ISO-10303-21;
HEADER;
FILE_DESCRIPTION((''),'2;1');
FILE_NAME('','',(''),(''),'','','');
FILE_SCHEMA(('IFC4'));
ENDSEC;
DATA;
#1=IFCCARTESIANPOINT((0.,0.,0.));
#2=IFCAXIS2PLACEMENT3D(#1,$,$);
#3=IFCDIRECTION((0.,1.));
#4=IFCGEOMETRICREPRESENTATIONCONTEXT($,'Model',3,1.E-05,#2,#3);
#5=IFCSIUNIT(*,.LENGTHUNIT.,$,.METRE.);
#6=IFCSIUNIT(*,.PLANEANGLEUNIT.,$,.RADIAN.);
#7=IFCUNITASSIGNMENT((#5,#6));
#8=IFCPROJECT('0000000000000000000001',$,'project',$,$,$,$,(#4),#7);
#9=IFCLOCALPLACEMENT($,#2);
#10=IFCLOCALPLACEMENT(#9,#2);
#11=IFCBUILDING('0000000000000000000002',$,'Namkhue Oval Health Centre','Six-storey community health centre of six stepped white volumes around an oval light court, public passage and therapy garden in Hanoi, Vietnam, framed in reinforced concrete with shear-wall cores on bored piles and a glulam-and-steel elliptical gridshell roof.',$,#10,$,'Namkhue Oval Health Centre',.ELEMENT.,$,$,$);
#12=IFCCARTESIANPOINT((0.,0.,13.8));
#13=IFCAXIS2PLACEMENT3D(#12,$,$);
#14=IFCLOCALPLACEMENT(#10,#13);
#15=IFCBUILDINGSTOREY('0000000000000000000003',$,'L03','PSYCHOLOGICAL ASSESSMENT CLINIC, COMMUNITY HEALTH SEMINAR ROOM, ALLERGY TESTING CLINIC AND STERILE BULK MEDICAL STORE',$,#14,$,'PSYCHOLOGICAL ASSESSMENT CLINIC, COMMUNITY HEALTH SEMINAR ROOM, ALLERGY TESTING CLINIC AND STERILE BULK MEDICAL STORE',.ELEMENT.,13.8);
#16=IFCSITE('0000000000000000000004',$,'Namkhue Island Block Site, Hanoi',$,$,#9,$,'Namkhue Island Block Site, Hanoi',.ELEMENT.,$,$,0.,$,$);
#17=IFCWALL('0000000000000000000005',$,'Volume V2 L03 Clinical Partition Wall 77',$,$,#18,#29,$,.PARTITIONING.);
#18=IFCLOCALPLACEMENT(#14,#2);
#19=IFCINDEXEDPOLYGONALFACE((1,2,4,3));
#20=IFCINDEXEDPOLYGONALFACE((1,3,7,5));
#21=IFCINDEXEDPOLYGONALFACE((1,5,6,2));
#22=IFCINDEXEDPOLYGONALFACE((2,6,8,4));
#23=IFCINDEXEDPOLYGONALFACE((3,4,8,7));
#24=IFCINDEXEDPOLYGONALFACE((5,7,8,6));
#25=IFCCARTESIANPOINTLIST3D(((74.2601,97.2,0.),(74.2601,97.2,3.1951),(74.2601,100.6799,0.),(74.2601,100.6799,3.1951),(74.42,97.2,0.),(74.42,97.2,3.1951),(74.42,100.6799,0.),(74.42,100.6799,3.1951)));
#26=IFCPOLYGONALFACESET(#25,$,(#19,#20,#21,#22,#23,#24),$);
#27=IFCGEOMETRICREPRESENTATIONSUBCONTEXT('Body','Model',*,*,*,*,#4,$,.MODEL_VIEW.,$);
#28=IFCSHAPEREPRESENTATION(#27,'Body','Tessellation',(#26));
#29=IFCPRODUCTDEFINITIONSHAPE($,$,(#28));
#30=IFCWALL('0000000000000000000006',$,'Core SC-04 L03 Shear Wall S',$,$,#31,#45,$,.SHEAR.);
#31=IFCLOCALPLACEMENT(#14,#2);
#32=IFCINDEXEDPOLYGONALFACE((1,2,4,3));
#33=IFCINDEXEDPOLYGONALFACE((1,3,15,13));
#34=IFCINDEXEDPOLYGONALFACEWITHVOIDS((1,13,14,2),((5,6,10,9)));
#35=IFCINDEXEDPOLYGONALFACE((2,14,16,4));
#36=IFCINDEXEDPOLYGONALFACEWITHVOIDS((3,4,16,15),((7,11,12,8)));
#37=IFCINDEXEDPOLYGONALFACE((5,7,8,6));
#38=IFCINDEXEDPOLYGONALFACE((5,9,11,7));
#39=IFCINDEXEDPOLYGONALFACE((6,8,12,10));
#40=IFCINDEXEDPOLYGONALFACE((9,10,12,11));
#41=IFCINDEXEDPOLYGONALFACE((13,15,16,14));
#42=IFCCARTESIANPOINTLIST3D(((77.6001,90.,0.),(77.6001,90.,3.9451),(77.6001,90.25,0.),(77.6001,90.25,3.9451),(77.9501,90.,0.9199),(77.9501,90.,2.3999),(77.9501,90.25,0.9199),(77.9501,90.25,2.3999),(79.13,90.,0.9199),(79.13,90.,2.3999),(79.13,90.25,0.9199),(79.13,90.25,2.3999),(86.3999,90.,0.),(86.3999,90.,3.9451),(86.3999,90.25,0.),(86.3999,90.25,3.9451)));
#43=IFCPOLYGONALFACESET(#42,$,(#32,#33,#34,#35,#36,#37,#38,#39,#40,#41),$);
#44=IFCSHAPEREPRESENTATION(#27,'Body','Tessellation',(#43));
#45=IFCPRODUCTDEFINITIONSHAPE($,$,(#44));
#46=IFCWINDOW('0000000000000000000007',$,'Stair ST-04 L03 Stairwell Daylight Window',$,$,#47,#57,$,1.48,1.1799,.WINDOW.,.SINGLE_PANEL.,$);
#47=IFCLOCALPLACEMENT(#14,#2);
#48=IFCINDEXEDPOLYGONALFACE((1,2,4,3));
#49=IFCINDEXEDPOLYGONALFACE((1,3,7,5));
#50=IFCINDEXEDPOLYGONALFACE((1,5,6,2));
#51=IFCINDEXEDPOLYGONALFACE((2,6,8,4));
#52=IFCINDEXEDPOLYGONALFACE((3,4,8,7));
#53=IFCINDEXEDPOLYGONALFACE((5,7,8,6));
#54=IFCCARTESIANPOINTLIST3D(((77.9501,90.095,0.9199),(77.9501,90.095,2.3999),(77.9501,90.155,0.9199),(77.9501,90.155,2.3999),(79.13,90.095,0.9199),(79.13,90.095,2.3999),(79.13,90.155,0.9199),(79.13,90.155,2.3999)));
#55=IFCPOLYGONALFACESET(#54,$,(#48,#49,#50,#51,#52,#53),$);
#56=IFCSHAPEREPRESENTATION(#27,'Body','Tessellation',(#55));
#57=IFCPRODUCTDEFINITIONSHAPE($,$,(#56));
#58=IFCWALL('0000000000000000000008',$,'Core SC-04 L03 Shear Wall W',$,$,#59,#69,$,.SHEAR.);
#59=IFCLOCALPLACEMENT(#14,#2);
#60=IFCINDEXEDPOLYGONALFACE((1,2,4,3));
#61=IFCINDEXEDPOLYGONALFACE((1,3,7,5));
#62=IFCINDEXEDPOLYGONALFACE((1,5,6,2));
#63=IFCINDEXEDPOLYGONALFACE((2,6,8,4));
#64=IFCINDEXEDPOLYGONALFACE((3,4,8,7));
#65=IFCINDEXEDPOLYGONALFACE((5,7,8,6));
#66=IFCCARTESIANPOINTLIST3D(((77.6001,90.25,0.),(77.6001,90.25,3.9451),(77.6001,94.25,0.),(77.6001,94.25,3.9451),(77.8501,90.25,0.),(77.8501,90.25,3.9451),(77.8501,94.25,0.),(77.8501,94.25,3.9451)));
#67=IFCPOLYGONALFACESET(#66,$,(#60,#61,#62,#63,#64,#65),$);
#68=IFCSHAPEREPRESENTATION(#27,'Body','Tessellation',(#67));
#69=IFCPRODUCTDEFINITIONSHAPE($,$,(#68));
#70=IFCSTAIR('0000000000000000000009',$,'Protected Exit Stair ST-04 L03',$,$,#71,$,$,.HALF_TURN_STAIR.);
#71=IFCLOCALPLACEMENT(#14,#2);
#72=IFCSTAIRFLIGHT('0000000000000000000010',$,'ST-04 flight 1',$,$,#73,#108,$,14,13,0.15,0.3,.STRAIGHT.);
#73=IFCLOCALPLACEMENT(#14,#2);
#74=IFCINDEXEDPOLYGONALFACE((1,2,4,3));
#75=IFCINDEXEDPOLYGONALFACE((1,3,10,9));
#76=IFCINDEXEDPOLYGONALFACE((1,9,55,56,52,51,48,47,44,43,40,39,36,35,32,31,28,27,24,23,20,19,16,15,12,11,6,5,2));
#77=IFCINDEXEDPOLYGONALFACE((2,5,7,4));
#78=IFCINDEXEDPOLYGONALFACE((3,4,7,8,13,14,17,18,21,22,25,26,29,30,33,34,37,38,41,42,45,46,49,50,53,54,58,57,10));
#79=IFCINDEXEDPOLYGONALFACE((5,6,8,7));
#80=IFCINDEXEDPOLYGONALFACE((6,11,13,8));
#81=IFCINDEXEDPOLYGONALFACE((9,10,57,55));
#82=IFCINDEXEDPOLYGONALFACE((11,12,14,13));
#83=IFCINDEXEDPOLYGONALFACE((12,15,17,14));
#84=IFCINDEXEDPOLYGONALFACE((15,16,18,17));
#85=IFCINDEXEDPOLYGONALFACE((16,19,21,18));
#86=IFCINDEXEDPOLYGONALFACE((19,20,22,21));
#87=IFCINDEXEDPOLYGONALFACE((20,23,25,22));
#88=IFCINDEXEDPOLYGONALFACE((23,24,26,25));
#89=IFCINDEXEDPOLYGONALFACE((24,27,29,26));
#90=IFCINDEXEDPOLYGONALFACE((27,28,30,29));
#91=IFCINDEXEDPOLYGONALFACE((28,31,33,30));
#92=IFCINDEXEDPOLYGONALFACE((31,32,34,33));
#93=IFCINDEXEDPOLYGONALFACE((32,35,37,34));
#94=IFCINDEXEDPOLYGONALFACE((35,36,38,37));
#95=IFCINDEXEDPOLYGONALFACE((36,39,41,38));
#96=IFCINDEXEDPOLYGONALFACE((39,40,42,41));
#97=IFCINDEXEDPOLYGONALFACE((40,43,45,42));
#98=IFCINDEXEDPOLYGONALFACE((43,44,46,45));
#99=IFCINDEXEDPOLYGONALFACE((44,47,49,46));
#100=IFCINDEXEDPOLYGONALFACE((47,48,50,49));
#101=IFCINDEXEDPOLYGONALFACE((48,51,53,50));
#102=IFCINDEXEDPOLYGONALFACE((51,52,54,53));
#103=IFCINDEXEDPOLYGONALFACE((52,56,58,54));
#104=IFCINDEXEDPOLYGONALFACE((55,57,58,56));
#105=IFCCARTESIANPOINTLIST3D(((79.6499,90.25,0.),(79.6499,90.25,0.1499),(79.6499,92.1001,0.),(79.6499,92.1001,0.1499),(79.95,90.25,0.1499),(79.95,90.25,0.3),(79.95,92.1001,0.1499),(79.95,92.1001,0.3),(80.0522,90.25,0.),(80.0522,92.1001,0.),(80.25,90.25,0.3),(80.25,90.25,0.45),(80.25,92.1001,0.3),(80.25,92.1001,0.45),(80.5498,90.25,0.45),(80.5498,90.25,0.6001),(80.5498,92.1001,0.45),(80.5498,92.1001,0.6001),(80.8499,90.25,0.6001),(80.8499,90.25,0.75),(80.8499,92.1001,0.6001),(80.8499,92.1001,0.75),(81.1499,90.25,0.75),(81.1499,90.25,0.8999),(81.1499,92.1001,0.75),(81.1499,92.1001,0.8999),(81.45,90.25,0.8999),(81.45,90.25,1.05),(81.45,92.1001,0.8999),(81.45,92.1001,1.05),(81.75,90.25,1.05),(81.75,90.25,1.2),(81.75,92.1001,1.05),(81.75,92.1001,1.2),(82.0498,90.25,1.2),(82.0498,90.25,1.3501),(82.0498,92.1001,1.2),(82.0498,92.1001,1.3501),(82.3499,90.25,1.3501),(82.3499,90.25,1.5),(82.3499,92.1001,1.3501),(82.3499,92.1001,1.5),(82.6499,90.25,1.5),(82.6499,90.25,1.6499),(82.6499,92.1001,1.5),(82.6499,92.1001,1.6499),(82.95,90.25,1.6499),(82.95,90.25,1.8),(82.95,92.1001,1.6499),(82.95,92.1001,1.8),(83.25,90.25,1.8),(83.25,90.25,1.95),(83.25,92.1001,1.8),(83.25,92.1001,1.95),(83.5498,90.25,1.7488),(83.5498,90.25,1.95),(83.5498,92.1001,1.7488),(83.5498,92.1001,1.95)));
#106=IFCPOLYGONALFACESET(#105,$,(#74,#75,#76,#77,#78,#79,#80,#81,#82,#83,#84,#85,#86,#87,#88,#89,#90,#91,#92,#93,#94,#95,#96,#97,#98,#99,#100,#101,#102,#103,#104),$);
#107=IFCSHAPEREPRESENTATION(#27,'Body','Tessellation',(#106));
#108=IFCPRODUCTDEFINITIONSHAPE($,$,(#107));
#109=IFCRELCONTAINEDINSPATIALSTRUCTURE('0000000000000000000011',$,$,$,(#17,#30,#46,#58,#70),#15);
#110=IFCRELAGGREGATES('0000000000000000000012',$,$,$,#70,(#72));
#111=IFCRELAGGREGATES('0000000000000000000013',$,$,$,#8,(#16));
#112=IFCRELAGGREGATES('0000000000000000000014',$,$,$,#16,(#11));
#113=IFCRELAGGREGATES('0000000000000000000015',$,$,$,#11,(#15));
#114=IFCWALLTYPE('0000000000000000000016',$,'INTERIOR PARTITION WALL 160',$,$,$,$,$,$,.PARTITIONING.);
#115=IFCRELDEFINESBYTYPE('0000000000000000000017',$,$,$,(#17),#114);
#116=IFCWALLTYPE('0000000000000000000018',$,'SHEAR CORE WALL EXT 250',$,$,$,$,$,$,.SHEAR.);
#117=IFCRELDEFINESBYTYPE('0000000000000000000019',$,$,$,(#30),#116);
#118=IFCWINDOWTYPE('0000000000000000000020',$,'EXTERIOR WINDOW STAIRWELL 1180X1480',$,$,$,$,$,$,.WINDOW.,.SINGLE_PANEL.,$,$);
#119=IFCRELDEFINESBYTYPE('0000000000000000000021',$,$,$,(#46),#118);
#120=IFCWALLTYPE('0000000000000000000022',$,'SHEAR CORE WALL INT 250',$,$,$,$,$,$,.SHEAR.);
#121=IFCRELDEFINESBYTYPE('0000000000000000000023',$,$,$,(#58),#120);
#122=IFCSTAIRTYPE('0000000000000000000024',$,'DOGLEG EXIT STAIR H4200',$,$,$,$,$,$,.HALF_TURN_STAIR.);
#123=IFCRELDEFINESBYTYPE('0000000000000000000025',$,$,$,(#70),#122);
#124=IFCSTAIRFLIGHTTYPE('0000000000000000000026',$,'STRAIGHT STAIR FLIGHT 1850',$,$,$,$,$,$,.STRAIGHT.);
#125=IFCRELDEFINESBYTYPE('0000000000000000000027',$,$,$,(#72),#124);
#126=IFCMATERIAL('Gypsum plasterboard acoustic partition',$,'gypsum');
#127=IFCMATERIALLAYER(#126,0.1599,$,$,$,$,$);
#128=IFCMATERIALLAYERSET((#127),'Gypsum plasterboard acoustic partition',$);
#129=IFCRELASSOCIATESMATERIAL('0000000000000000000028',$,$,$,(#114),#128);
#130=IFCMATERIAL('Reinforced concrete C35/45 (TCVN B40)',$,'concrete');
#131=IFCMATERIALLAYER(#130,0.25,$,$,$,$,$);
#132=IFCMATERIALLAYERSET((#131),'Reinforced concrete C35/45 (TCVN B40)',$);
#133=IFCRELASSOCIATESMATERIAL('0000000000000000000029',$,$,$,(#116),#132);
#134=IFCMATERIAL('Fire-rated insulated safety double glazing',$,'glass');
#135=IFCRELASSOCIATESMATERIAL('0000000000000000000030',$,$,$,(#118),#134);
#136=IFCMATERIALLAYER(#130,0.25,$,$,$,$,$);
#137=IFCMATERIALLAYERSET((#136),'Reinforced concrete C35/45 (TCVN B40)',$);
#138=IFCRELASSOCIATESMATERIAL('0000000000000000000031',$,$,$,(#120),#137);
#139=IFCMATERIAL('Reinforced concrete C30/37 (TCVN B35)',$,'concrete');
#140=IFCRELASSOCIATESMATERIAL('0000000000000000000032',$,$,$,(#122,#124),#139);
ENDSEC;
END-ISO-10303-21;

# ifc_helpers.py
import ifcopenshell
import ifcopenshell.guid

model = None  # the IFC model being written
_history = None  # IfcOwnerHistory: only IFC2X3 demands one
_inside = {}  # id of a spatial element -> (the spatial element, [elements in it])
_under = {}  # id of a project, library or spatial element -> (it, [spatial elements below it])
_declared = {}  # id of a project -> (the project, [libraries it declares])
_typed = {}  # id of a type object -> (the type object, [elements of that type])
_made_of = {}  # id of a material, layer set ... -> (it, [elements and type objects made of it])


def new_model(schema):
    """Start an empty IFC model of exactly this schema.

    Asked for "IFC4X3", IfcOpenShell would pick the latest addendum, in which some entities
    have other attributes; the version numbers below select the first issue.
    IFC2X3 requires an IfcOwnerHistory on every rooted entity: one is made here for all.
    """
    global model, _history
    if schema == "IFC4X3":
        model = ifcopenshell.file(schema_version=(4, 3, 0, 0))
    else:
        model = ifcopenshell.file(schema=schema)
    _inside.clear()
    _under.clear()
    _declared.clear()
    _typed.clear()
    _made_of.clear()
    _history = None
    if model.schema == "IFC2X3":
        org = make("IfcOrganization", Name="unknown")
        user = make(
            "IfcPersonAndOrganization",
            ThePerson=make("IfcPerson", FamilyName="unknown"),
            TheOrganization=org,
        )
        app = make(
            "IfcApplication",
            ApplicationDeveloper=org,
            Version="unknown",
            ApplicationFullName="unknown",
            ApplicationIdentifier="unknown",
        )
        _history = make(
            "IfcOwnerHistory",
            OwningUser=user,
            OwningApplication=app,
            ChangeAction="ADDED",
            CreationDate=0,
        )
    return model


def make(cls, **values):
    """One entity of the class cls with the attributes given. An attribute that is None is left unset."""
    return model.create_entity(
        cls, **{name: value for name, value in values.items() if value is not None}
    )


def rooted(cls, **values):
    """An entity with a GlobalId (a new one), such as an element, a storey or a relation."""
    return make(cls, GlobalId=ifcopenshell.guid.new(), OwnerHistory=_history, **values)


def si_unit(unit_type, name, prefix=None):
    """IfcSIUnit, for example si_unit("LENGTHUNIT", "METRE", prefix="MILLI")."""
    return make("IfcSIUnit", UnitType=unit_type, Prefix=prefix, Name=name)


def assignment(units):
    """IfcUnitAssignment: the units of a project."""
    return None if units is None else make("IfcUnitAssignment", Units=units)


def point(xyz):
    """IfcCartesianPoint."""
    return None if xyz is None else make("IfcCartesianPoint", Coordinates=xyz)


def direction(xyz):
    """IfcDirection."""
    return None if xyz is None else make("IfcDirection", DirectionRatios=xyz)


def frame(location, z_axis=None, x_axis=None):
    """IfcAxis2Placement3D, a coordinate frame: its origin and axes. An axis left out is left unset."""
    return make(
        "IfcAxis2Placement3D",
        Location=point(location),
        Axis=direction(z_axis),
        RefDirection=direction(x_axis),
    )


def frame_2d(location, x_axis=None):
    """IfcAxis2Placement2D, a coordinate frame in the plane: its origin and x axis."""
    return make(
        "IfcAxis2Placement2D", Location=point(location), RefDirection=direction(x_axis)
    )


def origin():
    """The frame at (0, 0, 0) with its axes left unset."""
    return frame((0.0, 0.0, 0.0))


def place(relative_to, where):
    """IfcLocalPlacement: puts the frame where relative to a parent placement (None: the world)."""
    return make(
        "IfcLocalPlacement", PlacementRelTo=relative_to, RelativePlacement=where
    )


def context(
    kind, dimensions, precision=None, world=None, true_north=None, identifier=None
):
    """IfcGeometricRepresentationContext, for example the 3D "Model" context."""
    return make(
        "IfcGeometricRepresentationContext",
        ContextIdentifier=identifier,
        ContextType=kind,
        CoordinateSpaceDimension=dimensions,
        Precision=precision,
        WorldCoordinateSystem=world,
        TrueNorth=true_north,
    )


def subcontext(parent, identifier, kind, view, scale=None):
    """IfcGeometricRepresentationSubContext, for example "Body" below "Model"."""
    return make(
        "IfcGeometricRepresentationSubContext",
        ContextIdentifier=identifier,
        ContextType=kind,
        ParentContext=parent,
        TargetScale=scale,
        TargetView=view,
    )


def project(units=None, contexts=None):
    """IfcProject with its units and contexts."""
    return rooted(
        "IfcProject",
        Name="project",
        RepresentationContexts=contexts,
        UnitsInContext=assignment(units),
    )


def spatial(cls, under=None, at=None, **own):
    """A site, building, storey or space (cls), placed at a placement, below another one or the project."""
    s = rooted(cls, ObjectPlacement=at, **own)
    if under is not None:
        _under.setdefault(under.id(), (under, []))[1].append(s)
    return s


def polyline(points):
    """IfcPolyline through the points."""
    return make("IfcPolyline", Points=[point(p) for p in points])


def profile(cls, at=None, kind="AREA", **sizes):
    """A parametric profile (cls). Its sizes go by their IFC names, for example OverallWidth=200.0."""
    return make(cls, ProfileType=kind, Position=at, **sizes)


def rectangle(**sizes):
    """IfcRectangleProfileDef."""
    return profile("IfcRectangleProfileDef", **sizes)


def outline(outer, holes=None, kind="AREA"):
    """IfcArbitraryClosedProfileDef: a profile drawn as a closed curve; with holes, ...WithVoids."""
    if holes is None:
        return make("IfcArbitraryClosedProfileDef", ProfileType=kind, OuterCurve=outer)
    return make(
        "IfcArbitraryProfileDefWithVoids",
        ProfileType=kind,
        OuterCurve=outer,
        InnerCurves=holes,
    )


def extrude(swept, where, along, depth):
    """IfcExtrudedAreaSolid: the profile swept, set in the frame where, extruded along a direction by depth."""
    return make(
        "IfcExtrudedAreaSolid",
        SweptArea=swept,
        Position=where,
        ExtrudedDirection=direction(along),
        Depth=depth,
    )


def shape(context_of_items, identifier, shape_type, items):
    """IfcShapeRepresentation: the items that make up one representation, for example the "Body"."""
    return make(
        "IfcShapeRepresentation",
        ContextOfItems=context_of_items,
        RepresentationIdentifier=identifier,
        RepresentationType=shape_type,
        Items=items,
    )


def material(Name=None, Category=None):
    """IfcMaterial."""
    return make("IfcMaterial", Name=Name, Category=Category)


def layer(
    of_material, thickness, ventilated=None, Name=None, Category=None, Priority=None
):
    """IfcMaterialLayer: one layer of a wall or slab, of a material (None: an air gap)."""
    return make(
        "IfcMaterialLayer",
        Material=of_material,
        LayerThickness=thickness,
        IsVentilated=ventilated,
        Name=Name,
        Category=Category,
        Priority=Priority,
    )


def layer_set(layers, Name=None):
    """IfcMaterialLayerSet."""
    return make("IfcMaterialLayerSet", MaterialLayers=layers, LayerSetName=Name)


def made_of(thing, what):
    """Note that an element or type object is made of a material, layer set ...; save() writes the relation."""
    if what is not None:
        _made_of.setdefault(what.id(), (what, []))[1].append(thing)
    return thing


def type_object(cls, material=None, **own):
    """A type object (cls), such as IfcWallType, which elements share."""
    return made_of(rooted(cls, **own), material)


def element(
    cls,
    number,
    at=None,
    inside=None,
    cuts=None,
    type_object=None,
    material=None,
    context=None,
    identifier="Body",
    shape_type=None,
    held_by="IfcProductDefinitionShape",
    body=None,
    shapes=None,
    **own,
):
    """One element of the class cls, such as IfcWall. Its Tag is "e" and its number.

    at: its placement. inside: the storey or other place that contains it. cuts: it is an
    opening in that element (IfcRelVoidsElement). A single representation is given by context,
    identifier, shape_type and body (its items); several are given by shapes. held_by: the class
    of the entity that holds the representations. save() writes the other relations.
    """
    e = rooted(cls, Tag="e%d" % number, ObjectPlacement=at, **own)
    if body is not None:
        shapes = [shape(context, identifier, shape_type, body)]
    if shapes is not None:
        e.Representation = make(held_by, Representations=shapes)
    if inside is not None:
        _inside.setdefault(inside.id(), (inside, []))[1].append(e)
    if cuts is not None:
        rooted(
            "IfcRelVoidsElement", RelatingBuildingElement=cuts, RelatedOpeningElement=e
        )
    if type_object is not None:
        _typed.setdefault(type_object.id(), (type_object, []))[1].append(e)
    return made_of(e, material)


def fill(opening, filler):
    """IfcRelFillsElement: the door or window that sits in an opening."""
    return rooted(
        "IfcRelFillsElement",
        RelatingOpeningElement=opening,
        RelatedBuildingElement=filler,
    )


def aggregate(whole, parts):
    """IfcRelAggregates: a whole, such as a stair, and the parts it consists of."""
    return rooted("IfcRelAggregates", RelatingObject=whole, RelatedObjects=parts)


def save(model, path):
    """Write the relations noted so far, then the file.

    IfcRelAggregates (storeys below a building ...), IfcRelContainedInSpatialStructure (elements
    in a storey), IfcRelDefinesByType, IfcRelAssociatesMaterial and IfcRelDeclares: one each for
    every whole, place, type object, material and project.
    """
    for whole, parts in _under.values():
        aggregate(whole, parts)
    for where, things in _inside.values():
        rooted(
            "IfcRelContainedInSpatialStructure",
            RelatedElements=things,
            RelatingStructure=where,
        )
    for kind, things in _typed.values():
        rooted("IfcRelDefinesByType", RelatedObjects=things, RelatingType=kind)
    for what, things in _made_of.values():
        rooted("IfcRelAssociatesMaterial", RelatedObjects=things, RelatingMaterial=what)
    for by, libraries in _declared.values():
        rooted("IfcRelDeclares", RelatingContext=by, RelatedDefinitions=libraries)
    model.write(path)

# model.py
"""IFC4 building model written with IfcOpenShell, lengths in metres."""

from ifc_helpers import new_model, si_unit, direction, frame, frame_2d, origin, place, context, subcontext, project, spatial, polyline, rectangle, outline, extrude, material, layer, layer_set, type_object, element, fill, aggregate, save


model = new_model("IFC4")

# Units and contexts
model_context = context("Model", 3, precision=1e-05, world=origin(), true_north=direction((0.0, 1.0)))
body_context = subcontext(model_context, "Body", "Model", "MODEL_VIEW")
ifc_project = project(units=[si_unit("LENGTHUNIT", "METRE"), si_unit("PLANEANGLEUNIT", "RADIAN")], contexts=[model_context])

# Site, building, storey
site_placement = place(None, origin())
site = spatial("IfcSite", under=ifc_project, at=site_placement, Name="Namkhue Island Block Site, Hanoi", LongName="Namkhue Island Block Site, Hanoi", CompositionType="ELEMENT", RefElevation=0.0)
building_placement = place(site_placement, origin())
building = spatial("IfcBuilding", under=site, at=building_placement, Name="Namkhue Oval Health Centre", Description="Six-storey community health centre of six stepped white volumes around an oval light court, public passage and therapy garden in Hanoi, Vietnam, framed in reinforced concrete with shear-wall cores on bored piles and a glulam-and-steel elliptical gridshell roof.", LongName="Namkhue Oval Health Centre", CompositionType="ELEMENT")
storey_placement = place(building_placement, frame((0.0, 0.0, 13.8)))
storey = spatial("IfcBuildingStorey", under=building, at=storey_placement, Name="L03", Description="PSYCHOLOGICAL ASSESSMENT CLINIC, COMMUNITY HEALTH SEMINAR ROOM, ALLERGY TESTING CLINIC AND STERILE BULK MEDICAL STORE", LongName="PSYCHOLOGICAL ASSESSMENT CLINIC, COMMUNITY HEALTH SEMINAR ROOM, ALLERGY TESTING CLINIC AND STERILE BULK MEDICAL STORE", CompositionType="ELEMENT", Elevation=13.8)

# Wall
ifc_material_1 = material(Name="Gypsum plasterboard acoustic partition", Category="gypsum")
ifc_layer_1 = layer(ifc_material_1, 0.1599)
ifc_layer_set_1 = layer_set([ifc_layer_1], Name="Gypsum plasterboard acoustic partition")
wall_type_1 = type_object("IfcWallType", Name="INTERIOR PARTITION WALL 160", PredefinedType="PARTITIONING", material=ifc_layer_set_1)
wall_1_placement = place(storey_placement, frame((74.3401, 97.2, 0.0), z_axis=(0.0, 0.0, 1.0), x_axis=(0.0, 1.0, 0.0)))
element("IfcWall", 1, at=wall_1_placement, inside=storey, type_object=wall_type_1, Name="Volume V2 L03 Clinical Partition Wall 77", PredefinedType="PARTITIONING", context=body_context, shape_type="SweptSolid", body=[
    extrude(rectangle(XDim=3.48, YDim=0.1599, at=frame_2d((1.74, 0.0))), origin(), (0.0, 0.0, 1.0), 3.1951),
])

# Wall, opening, window
ifc_material_2 = material(Name="Reinforced concrete C35/45 (TCVN B40)", Category="concrete")
ifc_layer_2 = layer(ifc_material_2, 0.25)
ifc_layer_set_2 = layer_set([ifc_layer_2], Name="Reinforced concrete C35/45 (TCVN B40)")
wall_type_2 = type_object("IfcWallType", Name="SHEAR CORE WALL EXT 250", PredefinedType="SHEAR", material=ifc_layer_set_2)
wall_2_placement = place(storey_placement, frame((77.6001, 90.125, 0.0), z_axis=(0.0, 0.0, 1.0), x_axis=(1.0, 0.0, 0.0)))
wall_2 = element("IfcWall", 2, at=wall_2_placement, inside=storey, type_object=wall_type_2, Name="Core SC-04 L03 Shear Wall S", PredefinedType="SHEAR", context=body_context, shape_type="SweptSolid", body=[
    extrude(rectangle(XDim=8.7998, YDim=0.25, at=frame_2d((4.3999, 0.0))), origin(), (0.0, 0.0, 1.0), 3.9451),
])
opening_placement = place(wall_2_placement, frame((0.3501, 0.0, 0.9199)))
opening = element("IfcOpeningElement", 3, at=opening_placement, cuts=wall_2, PredefinedType="OPENING", context=body_context, shape_type="SweptSolid", body=[
    extrude(rectangle(XDim=1.1799, YDim=1.48, at=frame_2d((0.5898, 0.74))), frame((0.0, 0.135, 0.0), z_axis=(0.0, -1.0, 0.0), x_axis=(1.0, 0.0, 0.0)), (0.0, 0.0, 1.0), 0.27),
])
ifc_material_3 = material(Name="Fire-rated insulated safety double glazing", Category="glass")
window_type = type_object("IfcWindowType", Name="EXTERIOR WINDOW STAIRWELL 1180X1480", PartitioningType="SINGLE_PANEL", PredefinedType="WINDOW", material=ifc_material_3)
window_placement = place(opening_placement, origin())
window = element("IfcWindow", 4, at=window_placement, inside=storey, type_object=window_type, Name="Stair ST-04 L03 Stairwell Daylight Window", OverallHeight=1.48, OverallWidth=1.1799, PartitioningType="SINGLE_PANEL", PredefinedType="WINDOW", context=body_context, shape_type="SweptSolid", body=[
    extrude(rectangle(XDim=1.1799, YDim=1.48, at=frame_2d((0.5898, 0.74))), frame((0.0, 0.03, 0.0), z_axis=(0.0, -1.0, 0.0), x_axis=(1.0, 0.0, 0.0)), (0.0, 0.0, 1.0), 0.0601),
])
fill(opening, window)

# Wall
ifc_layer_3 = layer(ifc_material_2, 0.25)
ifc_layer_set_3 = layer_set([ifc_layer_3], Name="Reinforced concrete C35/45 (TCVN B40)")
wall_type_3 = type_object("IfcWallType", Name="SHEAR CORE WALL INT 250", PredefinedType="SHEAR", material=ifc_layer_set_3)
wall_3_placement = place(storey_placement, frame((77.7251, 94.25, 0.0), z_axis=(0.0, 0.0, 1.0), x_axis=(0.0, -1.0, 0.0)))
element("IfcWall", 5, at=wall_3_placement, inside=storey, type_object=wall_type_3, Name="Core SC-04 L03 Shear Wall W", PredefinedType="SHEAR", context=body_context, shape_type="SweptSolid", body=[
    extrude(rectangle(XDim=4.0, YDim=0.25, at=frame_2d((2.0, 0.0))), origin(), (0.0, 0.0, 1.0), 3.9451),
])

# Stair, stair flight
ifc_material_4 = material(Name="Reinforced concrete C30/37 (TCVN B35)", Category="concrete")
stair_type = type_object("IfcStairType", Name="DOGLEG EXIT STAIR H4200", PredefinedType="HALF_TURN_STAIR", material=ifc_material_4)
stair_placement = place(storey_placement, origin())
stair = element("IfcStair", 6, at=stair_placement, inside=storey, type_object=stair_type, Name="Protected Exit Stair ST-04 L03", PredefinedType="HALF_TURN_STAIR")
stair_flight_type = type_object("IfcStairFlightType", Name="STRAIGHT STAIR FLIGHT 1850", PredefinedType="STRAIGHT", material=ifc_material_4)
stair_flight_placement = place(storey_placement, frame((79.6499, 91.175, 0.0), z_axis=(0.0, 0.0, 1.0), x_axis=(1.0, 0.0, 0.0)))
stair_flight = element("IfcStairFlight", 7, at=stair_flight_placement, type_object=stair_flight_type, Name="ST-04 flight 1", NumberOfRisers=14, NumberOfTreads=13, PredefinedType="STRAIGHT", RiserHeight=0.15, TreadLength=0.3, context=body_context, shape_type="SweptSolid", body=[
    extrude(outline(polyline([(0.0, 0.0), (0.0, 0.1499), (0.3, 0.1499), (0.3, 0.3), (0.6001, 0.3), (0.6001, 0.45), (0.8999, 0.45), (0.8999, 0.6001), (1.2, 0.6001), (1.2, 0.75), (1.5, 0.75), (1.5, 0.8999), (1.8, 0.8999), (1.8, 1.05), (2.1001, 1.05), (2.1001, 1.2), (2.3999, 1.2), (2.3999, 1.3501), (2.7, 1.3501), (2.7, 1.5), (3.0, 1.5), (3.0, 1.6499), (3.3, 1.6499), (3.3, 1.8), (3.6001, 1.8), (3.6001, 1.95), (3.8999, 1.95), (3.8999, 2.1001), (3.8999, 1.7488), (0.4023, 0.0), (0.0, 0.0)])), frame((0.0, 0.925, 0.0), z_axis=(0.0, -1.0, 0.0), x_axis=(1.0, 0.0, 0.0)), (0.0, 0.0, 1.0), 1.8501),
])
aggregate(stair, [stair_flight])

save(model, "model.ifc")
